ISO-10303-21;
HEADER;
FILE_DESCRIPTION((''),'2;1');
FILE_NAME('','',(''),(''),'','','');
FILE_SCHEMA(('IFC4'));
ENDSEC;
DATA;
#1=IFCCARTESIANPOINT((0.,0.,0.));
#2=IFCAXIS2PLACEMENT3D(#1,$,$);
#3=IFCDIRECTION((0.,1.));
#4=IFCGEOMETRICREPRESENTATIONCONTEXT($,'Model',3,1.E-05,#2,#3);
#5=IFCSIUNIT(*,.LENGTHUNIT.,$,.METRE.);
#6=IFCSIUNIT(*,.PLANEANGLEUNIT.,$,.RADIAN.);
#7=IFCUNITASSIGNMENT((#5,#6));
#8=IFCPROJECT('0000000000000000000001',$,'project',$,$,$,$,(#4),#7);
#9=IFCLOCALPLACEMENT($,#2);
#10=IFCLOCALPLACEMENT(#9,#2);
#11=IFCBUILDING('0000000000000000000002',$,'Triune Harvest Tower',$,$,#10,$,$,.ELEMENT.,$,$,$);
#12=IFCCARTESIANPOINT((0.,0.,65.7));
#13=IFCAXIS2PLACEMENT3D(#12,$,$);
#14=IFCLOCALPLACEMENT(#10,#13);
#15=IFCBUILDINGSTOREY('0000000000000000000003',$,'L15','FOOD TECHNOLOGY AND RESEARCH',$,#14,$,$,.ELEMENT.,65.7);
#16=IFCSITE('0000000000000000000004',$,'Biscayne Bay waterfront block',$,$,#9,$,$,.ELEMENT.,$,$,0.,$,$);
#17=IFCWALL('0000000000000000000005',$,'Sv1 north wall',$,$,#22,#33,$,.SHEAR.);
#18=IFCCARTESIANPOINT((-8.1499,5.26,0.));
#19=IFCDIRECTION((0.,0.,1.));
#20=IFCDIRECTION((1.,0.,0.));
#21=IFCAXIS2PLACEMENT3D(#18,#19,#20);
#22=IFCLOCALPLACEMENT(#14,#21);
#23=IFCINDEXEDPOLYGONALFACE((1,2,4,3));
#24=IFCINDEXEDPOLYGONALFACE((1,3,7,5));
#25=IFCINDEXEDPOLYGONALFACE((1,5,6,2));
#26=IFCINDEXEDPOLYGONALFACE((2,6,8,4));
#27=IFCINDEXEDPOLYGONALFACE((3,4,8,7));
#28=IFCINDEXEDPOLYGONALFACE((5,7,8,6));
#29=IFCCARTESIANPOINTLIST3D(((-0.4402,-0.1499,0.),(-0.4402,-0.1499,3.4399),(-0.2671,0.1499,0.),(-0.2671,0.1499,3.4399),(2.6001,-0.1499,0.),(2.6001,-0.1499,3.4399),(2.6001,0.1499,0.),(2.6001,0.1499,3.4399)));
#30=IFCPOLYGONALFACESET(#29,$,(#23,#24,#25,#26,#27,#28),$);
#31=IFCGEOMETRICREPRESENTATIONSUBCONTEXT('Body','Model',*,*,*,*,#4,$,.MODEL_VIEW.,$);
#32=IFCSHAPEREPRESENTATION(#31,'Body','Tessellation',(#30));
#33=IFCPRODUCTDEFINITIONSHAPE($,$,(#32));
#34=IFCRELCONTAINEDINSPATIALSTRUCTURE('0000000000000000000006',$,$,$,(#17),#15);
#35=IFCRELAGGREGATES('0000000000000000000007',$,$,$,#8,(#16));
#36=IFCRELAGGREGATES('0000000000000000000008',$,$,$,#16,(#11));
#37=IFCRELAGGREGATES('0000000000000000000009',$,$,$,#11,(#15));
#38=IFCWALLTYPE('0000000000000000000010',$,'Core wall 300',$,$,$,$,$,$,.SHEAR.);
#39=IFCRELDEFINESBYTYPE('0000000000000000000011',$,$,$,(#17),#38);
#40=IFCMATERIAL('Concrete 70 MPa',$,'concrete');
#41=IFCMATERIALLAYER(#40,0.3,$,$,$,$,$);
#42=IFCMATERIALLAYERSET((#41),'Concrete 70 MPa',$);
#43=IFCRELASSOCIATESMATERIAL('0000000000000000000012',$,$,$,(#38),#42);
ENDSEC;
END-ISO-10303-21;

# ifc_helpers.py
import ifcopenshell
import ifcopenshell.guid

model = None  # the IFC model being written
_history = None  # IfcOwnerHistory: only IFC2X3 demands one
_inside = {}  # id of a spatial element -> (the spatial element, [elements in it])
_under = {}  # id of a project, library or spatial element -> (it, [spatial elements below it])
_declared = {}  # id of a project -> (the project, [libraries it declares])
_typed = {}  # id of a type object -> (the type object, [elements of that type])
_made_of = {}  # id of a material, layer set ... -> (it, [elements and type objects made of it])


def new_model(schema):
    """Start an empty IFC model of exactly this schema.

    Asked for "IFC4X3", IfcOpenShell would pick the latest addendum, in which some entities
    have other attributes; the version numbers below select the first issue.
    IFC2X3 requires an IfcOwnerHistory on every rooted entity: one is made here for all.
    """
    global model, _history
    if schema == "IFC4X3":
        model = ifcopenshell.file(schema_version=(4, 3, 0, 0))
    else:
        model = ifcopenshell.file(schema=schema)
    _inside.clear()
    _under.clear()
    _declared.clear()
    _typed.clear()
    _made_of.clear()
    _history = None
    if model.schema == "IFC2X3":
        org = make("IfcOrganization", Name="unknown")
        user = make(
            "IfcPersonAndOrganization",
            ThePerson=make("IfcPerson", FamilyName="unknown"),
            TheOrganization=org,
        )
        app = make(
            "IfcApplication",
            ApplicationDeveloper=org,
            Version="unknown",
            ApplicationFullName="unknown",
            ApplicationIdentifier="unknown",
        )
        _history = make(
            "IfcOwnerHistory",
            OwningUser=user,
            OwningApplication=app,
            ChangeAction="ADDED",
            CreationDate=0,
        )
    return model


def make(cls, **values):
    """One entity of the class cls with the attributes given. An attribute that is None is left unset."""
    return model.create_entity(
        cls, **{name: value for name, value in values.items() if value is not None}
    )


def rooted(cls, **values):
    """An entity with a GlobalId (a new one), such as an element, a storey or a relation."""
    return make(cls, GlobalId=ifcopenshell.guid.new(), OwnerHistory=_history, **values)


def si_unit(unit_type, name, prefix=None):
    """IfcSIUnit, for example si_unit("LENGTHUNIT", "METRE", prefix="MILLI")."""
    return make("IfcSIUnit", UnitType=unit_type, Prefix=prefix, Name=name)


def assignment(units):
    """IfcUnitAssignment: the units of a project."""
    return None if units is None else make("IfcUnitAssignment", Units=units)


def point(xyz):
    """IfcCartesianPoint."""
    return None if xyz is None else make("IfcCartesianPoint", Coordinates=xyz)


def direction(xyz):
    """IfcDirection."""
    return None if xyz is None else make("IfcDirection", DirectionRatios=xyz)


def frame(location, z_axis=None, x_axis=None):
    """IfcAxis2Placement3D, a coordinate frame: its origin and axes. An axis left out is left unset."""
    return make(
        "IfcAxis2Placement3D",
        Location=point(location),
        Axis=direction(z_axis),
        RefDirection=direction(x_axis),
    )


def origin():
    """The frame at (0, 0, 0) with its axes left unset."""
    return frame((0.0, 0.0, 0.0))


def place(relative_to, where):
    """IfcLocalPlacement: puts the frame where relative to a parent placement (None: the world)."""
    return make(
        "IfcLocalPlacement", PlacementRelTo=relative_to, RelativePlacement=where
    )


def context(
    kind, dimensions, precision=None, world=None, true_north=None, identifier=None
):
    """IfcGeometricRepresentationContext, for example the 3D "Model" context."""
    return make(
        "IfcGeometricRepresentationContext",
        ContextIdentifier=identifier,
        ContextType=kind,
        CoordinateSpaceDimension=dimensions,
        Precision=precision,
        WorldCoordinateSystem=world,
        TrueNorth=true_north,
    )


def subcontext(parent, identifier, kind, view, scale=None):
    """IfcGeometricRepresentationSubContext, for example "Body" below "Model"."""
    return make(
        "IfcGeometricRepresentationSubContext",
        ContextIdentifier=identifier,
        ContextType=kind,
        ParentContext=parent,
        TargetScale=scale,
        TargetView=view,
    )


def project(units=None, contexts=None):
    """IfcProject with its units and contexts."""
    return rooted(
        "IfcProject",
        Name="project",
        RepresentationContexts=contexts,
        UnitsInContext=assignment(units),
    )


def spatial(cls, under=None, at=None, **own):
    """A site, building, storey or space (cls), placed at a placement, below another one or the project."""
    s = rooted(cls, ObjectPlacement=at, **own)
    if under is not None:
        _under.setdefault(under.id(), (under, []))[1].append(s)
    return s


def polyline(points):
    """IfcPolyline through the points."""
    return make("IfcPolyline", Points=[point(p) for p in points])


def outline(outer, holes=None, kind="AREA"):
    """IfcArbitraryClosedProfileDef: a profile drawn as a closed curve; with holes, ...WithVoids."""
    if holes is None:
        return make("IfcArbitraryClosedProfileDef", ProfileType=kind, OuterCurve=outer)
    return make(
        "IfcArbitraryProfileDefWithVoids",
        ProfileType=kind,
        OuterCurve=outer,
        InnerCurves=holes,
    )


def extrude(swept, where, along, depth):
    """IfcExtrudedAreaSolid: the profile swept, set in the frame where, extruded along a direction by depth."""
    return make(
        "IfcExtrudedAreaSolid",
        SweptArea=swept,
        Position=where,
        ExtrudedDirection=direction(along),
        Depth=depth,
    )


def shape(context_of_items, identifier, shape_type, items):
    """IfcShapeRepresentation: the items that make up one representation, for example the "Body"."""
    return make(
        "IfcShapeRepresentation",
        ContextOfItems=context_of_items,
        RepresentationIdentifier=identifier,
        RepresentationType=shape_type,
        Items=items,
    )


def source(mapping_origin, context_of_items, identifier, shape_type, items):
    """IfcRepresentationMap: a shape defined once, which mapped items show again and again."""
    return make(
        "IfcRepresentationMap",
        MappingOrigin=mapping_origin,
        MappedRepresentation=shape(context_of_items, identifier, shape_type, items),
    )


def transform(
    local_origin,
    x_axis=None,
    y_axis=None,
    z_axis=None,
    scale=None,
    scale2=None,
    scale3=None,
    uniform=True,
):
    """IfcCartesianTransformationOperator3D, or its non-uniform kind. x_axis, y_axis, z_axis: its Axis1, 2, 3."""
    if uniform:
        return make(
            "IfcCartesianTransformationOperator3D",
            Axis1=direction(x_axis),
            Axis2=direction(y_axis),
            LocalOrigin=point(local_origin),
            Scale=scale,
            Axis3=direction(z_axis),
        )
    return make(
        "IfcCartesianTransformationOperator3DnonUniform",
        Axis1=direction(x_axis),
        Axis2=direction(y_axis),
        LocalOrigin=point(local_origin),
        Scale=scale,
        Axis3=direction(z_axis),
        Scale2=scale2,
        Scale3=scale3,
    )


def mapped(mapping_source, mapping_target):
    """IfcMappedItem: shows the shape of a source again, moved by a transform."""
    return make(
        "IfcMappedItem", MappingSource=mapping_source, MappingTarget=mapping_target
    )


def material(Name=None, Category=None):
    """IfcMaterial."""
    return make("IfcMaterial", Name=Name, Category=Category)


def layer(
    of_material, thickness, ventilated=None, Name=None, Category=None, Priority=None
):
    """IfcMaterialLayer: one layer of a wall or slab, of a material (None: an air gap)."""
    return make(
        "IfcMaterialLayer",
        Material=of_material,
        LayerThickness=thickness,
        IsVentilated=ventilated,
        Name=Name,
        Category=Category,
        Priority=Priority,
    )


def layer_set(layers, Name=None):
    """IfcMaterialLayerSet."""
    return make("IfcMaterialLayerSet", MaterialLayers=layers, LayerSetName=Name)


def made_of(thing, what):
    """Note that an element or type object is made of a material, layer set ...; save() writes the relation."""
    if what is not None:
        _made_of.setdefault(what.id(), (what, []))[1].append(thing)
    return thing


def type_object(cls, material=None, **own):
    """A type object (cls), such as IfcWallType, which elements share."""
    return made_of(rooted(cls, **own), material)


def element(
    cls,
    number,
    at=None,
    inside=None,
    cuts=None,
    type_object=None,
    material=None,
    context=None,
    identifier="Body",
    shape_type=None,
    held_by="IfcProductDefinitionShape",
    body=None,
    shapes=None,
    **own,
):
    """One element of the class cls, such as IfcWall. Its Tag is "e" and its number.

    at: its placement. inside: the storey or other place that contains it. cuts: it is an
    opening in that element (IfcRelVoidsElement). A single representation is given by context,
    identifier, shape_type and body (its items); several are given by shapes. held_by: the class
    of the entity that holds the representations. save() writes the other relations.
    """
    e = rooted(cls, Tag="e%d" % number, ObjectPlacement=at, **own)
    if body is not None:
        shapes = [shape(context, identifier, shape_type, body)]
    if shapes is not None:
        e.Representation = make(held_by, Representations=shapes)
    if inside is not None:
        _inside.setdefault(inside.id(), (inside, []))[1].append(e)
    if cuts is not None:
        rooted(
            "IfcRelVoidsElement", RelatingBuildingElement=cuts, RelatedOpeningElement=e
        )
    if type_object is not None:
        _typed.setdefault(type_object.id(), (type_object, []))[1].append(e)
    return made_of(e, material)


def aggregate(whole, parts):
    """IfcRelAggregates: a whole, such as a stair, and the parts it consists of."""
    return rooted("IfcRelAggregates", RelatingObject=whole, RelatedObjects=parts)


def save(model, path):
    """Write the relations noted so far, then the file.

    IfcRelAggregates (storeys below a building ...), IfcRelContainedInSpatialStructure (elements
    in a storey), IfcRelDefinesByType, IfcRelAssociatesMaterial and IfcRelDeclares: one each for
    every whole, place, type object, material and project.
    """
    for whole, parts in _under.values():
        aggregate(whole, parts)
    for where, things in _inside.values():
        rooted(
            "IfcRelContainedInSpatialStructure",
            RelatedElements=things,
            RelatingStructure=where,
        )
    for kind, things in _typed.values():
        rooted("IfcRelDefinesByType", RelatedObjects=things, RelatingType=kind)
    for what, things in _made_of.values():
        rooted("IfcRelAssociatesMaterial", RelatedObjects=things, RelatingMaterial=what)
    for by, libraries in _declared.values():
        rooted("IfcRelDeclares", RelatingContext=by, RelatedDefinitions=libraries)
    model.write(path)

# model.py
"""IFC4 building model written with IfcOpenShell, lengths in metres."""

from ifc_helpers import new_model, si_unit, direction, frame, origin, place, context, subcontext, project, spatial, polyline, outline, extrude, source, transform, mapped, material, layer, layer_set, type_object, element, save


model = new_model("IFC4")

# Units and contexts
model_context = context("Model", 3, precision=1e-05, world=origin(), true_north=direction((0.0, 1.0)))
body_context = subcontext(model_context, "Body", "Model", "MODEL_VIEW")
ifc_project = project(units=[si_unit("LENGTHUNIT", "METRE"), si_unit("PLANEANGLEUNIT", "RADIAN")], contexts=[model_context])

# Site, building, storey
site_placement = place(None, origin())
site = spatial("IfcSite", under=ifc_project, at=site_placement, Name="Biscayne Bay waterfront block", CompositionType="ELEMENT", RefElevation=0.0)
building_placement = place(site_placement, origin())
building = spatial("IfcBuilding", under=site, at=building_placement, Name="Triune Harvest Tower", CompositionType="ELEMENT")
storey_placement = place(building_placement, frame((0.0, 0.0, 65.7)))
storey = spatial("IfcBuildingStorey", under=building, at=storey_placement, Name="L15", Description="FOOD TECHNOLOGY AND RESEARCH", CompositionType="ELEMENT", Elevation=65.7)

# Shared definitions
ifc_material_1 = material(Name="Concrete 70 MPa", Category="concrete")
ifc_layer_1 = layer(ifc_material_1, 0.3)
ifc_layer_set_1 = layer_set([ifc_layer_1], Name="Concrete 70 MPa")
wall_type_1 = type_object("IfcWallType", Name="Core wall 300", PredefinedType="SHEAR", material=ifc_layer_set_1)

# Wall
shared_shape_1 = source(origin(), body_context, "Body", "SweptSolid", [
    extrude(outline(polyline([(2.6001, -0.1499), (-0.4402, -0.1499), (-0.2671, 0.1499), (2.6001, 0.1499), (2.6001, -0.1499)])), origin(), (0.0, 0.0, 1.0), 3.4399),
])
wall_1_placement = place(storey_placement, frame((-8.1499, 5.26, 0.0), z_axis=(0.0, 0.0, 1.0), x_axis=(1.0, 0.0, 0.0)))
element("IfcWall", 1, at=wall_1_placement, inside=storey, type_object=wall_type_1, Name="Sv1 north wall", PredefinedType="SHEAR", context=body_context, shape_type="MappedRepresentation", body=[
    mapped(shared_shape_1, transform((0.0, 0.0, 0.0), scale=1.0)),
])

save(model, "model.ifc")
